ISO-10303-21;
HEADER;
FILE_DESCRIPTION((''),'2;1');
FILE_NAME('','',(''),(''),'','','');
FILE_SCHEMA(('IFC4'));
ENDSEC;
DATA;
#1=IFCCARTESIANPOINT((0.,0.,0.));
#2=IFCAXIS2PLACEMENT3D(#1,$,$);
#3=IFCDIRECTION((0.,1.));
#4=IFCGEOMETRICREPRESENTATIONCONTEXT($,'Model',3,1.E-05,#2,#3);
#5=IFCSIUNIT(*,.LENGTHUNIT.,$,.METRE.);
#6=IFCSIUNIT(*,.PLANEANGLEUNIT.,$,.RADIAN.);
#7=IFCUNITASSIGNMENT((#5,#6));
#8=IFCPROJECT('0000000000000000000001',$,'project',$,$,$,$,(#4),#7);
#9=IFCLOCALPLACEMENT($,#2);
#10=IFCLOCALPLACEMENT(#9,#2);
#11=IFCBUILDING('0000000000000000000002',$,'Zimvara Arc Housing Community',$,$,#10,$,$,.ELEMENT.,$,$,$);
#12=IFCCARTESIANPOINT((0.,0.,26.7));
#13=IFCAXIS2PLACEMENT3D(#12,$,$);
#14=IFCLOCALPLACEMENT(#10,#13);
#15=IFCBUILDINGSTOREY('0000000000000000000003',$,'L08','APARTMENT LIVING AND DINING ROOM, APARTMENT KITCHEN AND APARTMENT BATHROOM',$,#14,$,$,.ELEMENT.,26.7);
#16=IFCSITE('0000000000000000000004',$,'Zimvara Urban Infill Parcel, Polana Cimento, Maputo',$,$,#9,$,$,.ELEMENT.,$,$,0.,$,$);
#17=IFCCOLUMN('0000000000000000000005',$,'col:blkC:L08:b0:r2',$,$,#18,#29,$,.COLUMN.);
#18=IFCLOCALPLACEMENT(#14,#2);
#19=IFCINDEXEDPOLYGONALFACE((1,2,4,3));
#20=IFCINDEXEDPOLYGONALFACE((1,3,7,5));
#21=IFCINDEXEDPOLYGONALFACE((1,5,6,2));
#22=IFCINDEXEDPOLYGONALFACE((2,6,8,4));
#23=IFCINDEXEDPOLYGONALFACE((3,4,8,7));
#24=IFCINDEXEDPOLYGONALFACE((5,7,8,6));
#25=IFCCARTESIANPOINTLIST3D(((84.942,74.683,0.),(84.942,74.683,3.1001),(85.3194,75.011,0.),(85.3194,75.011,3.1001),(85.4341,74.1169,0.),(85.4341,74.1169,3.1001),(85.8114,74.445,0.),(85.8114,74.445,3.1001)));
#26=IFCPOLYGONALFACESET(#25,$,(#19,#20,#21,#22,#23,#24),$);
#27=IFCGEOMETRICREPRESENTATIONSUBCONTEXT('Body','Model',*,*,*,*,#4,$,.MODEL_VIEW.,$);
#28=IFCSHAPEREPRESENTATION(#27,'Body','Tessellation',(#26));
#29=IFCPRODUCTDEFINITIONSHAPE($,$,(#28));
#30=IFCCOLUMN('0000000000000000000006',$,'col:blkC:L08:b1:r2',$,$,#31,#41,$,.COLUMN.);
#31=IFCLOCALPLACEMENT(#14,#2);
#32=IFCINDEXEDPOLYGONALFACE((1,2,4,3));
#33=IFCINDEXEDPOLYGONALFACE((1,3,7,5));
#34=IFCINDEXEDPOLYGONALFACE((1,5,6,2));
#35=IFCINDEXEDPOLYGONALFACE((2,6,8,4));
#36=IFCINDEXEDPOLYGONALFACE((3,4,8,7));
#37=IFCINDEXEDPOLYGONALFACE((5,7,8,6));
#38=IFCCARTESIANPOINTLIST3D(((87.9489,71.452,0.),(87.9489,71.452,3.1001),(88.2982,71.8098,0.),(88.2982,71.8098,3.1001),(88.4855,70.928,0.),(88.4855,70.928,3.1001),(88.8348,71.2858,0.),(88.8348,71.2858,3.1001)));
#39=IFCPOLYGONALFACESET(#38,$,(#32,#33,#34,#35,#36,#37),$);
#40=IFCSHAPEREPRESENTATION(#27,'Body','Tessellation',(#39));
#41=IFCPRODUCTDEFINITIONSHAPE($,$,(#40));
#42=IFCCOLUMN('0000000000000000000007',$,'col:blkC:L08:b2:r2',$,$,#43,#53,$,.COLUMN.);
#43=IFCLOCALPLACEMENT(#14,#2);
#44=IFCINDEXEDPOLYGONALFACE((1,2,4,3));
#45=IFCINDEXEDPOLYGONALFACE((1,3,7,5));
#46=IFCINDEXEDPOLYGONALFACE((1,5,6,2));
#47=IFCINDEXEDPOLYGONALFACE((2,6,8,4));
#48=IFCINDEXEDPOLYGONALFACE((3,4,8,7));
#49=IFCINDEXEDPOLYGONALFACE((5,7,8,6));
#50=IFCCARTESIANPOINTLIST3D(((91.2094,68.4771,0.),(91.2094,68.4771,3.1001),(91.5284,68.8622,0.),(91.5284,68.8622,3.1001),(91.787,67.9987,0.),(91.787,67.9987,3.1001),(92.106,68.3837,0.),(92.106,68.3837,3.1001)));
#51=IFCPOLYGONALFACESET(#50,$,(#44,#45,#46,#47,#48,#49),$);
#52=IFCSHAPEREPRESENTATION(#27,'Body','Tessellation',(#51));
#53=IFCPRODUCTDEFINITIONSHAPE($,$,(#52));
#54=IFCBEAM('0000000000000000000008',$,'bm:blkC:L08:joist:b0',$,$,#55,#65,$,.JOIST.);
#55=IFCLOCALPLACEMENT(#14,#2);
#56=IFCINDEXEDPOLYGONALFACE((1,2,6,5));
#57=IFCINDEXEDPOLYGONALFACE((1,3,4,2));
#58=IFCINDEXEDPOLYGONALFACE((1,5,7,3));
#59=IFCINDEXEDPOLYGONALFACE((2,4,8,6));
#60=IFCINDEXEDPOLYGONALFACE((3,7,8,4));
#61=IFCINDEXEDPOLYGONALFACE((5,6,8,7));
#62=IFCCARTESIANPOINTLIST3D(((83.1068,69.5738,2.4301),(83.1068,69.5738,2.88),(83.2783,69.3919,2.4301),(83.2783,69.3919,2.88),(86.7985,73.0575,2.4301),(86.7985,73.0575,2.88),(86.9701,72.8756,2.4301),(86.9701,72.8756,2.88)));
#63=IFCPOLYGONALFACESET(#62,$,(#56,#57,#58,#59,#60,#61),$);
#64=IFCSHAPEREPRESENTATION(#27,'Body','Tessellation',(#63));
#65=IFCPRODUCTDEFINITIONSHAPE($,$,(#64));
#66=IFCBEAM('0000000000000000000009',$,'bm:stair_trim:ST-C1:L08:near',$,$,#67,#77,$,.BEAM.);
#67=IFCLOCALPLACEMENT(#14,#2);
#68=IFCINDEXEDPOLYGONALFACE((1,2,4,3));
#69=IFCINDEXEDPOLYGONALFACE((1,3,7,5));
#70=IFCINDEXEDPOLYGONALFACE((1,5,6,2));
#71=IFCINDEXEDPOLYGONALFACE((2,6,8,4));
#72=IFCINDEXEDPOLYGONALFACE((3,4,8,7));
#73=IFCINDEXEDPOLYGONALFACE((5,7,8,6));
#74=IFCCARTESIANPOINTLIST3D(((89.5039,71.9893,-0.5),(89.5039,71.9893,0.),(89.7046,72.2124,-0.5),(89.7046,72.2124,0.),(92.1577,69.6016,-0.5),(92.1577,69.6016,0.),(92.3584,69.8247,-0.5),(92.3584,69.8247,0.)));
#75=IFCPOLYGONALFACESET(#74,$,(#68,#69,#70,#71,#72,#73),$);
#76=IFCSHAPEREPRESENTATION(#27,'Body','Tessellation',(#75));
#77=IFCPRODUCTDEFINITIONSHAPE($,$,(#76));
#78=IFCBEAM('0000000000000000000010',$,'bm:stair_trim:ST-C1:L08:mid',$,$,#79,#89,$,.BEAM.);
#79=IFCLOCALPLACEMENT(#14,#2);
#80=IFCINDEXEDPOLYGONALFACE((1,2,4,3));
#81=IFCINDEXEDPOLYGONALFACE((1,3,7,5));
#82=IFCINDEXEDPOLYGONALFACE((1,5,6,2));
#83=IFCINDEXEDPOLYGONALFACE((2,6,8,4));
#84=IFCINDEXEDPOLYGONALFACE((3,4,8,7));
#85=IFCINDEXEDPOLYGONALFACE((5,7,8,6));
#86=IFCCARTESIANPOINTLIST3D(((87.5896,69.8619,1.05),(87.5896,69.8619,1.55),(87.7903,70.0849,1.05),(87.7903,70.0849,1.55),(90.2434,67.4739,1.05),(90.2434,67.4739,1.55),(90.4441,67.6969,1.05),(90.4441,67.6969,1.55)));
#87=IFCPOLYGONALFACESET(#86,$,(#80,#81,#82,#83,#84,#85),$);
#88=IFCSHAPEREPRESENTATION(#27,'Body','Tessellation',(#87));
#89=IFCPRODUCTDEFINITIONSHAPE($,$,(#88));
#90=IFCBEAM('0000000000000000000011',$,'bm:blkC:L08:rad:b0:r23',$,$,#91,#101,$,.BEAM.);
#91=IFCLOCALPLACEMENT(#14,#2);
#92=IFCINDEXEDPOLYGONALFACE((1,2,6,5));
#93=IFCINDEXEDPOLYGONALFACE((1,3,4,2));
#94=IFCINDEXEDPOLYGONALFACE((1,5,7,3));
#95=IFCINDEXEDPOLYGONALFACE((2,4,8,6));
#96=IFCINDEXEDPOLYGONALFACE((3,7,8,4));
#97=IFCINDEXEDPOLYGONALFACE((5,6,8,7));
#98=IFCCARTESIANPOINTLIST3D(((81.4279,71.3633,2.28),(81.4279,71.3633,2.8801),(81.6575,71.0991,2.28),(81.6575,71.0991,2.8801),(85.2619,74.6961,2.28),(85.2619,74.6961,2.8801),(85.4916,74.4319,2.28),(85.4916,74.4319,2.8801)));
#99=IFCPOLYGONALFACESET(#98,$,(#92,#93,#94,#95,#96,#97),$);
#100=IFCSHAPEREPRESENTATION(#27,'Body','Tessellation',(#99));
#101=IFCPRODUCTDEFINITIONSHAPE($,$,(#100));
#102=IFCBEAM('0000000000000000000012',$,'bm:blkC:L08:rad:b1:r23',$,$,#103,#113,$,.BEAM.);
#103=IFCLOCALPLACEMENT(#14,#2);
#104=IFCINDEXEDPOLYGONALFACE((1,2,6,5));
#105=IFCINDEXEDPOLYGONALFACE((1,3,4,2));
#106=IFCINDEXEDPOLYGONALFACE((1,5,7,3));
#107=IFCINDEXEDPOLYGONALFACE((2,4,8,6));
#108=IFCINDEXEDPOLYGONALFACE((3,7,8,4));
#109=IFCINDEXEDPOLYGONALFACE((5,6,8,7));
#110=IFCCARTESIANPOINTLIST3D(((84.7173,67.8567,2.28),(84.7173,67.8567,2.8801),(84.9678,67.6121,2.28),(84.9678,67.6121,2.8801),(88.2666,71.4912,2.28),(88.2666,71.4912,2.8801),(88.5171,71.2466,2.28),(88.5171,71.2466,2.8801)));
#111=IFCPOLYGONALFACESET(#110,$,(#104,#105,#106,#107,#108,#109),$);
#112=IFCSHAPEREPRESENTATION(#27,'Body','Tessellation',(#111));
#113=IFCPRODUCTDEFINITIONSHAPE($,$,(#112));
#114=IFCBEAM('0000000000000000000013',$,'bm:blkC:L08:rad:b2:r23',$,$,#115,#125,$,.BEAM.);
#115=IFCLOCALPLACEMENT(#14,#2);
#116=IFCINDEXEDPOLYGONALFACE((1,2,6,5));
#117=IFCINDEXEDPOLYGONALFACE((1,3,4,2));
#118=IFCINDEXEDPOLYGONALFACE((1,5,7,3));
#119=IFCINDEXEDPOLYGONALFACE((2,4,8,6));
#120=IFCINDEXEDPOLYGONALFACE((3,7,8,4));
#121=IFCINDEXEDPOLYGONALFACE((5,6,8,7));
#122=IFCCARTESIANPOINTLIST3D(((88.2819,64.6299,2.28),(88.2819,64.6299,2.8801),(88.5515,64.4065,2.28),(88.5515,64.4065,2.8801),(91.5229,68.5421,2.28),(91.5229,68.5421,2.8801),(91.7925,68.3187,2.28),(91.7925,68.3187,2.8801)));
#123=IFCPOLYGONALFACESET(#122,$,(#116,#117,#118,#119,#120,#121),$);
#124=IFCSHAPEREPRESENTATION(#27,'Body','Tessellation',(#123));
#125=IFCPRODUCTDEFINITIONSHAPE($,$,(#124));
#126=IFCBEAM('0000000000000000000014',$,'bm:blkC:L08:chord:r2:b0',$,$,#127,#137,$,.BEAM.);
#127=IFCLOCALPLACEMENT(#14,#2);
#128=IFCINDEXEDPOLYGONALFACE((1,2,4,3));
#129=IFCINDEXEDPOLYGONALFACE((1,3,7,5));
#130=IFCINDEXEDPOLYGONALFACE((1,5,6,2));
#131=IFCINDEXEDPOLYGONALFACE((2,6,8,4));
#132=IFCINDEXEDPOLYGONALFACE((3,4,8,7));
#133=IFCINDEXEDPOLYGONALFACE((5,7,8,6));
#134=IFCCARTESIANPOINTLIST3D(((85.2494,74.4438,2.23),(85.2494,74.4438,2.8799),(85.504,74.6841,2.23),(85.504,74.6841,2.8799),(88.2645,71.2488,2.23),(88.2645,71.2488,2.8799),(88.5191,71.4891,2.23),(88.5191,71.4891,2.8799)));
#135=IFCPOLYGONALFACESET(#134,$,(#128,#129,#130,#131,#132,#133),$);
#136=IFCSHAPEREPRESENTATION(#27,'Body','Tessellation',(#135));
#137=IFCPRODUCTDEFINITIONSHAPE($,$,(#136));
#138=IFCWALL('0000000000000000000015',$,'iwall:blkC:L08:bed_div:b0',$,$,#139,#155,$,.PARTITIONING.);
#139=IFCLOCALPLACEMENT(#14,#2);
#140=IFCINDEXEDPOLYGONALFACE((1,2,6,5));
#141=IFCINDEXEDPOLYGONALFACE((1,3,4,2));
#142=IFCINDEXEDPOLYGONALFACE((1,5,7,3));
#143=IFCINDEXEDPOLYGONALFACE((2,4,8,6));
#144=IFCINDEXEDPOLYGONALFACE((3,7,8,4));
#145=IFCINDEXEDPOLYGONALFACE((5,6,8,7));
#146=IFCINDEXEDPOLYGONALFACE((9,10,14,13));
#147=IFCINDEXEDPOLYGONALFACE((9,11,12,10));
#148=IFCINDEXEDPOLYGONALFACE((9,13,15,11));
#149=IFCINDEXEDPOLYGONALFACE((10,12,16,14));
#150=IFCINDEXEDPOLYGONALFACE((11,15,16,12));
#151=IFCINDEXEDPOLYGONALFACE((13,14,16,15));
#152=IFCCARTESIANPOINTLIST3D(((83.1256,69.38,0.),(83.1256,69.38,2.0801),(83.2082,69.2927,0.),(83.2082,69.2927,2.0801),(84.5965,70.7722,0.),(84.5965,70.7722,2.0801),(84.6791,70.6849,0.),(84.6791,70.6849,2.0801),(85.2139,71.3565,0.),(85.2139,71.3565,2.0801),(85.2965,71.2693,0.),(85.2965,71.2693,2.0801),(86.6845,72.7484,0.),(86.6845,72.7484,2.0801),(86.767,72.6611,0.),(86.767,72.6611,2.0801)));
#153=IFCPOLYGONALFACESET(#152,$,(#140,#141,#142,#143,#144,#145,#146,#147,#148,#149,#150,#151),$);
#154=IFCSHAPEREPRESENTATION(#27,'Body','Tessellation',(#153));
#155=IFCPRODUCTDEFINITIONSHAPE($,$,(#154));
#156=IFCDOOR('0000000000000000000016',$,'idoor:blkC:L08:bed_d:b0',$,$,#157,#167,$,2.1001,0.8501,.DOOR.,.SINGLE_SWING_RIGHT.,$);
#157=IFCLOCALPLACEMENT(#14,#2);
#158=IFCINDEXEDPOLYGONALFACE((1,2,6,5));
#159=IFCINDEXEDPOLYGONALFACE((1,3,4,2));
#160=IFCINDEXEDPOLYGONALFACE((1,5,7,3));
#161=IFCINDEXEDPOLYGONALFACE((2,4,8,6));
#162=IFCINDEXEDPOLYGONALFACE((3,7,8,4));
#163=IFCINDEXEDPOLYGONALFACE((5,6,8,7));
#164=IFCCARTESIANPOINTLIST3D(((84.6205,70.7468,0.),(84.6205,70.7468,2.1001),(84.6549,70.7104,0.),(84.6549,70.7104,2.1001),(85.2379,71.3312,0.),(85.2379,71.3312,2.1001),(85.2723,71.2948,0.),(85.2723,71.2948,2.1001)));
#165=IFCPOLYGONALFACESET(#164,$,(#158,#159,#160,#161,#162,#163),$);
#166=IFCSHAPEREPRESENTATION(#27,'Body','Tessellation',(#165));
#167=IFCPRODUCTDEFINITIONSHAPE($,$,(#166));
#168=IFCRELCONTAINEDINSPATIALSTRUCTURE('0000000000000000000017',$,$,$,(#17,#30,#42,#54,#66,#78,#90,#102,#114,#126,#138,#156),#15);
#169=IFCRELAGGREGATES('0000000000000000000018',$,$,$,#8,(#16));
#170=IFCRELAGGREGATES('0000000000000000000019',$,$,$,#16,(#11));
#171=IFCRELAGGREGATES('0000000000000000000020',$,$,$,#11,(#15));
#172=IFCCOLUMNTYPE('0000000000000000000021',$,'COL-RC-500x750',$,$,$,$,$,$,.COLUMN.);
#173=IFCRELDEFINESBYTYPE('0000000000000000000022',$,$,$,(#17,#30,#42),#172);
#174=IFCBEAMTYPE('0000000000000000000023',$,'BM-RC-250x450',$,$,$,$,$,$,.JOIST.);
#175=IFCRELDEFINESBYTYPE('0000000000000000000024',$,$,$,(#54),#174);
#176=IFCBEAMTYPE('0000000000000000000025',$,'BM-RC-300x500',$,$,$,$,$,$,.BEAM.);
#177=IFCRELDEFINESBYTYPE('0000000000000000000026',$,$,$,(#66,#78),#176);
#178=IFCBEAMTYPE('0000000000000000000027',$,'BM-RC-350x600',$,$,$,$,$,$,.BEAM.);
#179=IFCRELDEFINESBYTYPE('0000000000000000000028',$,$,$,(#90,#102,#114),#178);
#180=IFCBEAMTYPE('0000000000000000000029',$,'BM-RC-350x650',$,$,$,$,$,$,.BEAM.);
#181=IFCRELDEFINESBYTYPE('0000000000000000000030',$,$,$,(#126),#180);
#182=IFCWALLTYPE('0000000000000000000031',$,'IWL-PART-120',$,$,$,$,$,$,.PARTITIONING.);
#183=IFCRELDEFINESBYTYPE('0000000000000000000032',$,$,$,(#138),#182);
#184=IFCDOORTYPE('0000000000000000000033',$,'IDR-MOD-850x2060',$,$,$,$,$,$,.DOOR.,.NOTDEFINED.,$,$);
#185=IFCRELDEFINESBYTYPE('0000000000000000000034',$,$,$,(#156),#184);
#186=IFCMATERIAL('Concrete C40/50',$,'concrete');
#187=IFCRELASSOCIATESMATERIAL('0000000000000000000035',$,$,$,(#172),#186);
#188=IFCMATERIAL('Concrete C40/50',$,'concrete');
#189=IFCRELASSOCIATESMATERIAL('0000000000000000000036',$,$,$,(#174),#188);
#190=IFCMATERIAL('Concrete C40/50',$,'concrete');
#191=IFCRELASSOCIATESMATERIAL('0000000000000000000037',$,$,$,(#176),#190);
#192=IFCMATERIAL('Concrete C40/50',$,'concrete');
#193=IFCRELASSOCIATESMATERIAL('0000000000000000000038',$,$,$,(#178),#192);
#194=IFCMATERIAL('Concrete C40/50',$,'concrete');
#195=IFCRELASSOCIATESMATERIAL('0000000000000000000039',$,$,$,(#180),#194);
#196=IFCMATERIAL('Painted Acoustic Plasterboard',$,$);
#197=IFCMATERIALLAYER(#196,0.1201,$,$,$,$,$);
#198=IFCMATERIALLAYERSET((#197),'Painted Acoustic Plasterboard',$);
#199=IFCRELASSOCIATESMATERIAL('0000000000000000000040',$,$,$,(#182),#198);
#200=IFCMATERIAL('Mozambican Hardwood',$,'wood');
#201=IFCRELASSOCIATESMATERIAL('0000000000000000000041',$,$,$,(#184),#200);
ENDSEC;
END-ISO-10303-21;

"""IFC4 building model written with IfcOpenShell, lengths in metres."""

from ifc_helpers import new_model, si_unit, direction, frame, frame_2d, origin, origin_2d, place, context, subcontext, project, spatial, rectangle, extrude, material, layer, layer_set, material_profile, profile_set, type_object, element, fill, save


model = new_model("IFC4")

# Units and contexts
model_context = context("Model", 3, precision=1e-05, world=origin(), true_north=direction((0.0, 1.0)))
body_context = subcontext(model_context, "Body", "Model", "MODEL_VIEW")
ifc_project = project(units=[si_unit("LENGTHUNIT", "METRE"), si_unit("PLANEANGLEUNIT", "RADIAN")], contexts=[model_context])

# Site, building, storey
site_placement = place(None, origin())
site = spatial("IfcSite", under=ifc_project, at=site_placement, Name="Zimvara Urban Infill Parcel, Polana Cimento, Maputo", CompositionType="ELEMENT", RefElevation=0.0)
building_placement = place(site_placement, origin())
building = spatial("IfcBuilding", under=site, at=building_placement, Name="Zimvara Arc Housing Community", CompositionType="ELEMENT")
storey_placement = place(building_placement, frame((0.0, 0.0, 26.7)))
storey = spatial("IfcBuildingStorey", under=building, at=storey_placement, Name="L08", Description="APARTMENT LIVING AND DINING ROOM, APARTMENT KITCHEN AND APARTMENT BATHROOM", CompositionType="ELEMENT", Elevation=26.7)

# Columns
ifc_material_1 = material(Name="Concrete C40/50", Category="concrete")
ifc_material_profile_1 = material_profile(ifc_material_1, rectangle(XDim=0.5, YDim=0.75, at=origin_2d()), Name="RC 500x750")
ifc_profile_set_1 = profile_set([ifc_material_profile_1], Name="Concrete C40/50")
column_type = type_object("IfcColumnType", Name="COL-RC-500x750", PredefinedType="COLUMN", material=ifc_profile_set_1)
for number, where, z_axis, x_axis, name in (
    (1, (85.3767, 74.564, 0.0), (0.0, 0.0, 1.0), (-0.75471, -0.656059, 0.0), "col:blkC:L08:b0:r2"),
    (2, (88.3918, 71.3689, 0.0), (0.0, 0.0, 1.0), (-0.698665, -0.715449, 0.0), "col:blkC:L08:b1:r2"),
    (3, (91.6577, 68.4304, 0.0), (0.0, 0.0, 1.0), (-0.637962, -0.770068, 0.0), "col:blkC:L08:b2:r2"),
):
    element("IfcColumn", number, at=place(storey_placement, frame(where, z_axis=z_axis, x_axis=x_axis)), inside=storey, type_object=column_type, Name=name, PredefinedType="COLUMN", context=body_context, shape_type="SweptSolid", body=[
        extrude(rectangle(XDim=0.5, YDim=0.75, at=origin_2d()), origin(), (0.0, 0.0, 1.0), 3.1001),
    ])

# Beams
ifc_material_2 = material(Name="Concrete C40/50", Category="concrete")
ifc_material_profile_2 = material_profile(ifc_material_2, rectangle(XDim=0.25, YDim=0.45, at=origin_2d()), Name="RC 250x450")
ifc_profile_set_2 = profile_set([ifc_material_profile_2], Name="Concrete C40/50")
beam_type_1 = type_object("IfcBeamType", Name="BM-RC-250x450", PredefinedType="JOIST", material=ifc_profile_set_2)
beam_1_placement = place(storey_placement, frame((86.8843, 72.9666, 2.655), z_axis=(-0.7273, -0.68632, 0.0), x_axis=(0.68632, -0.7273, 0.0)))
element("IfcBeam", 4, at=beam_1_placement, inside=storey, type_object=beam_type_1, Name="bm:blkC:L08:joist:b0", PredefinedType="JOIST", context=body_context, shape_type="SweptSolid", body=[
    extrude(rectangle(XDim=0.25, YDim=0.45, at=origin_2d()), origin(), (0.0, 0.0, 1.0), 5.0759),
])
ifc_material_3 = material(Name="Concrete C40/50", Category="concrete")
ifc_material_profile_3 = material_profile(ifc_material_3, rectangle(XDim=0.3, YDim=0.5, at=origin_2d()), Name="RC 300x500")
ifc_profile_set_3 = profile_set([ifc_material_profile_3], Name="Concrete C40/50")
beam_type_2 = type_object("IfcBeamType", Name="BM-RC-300x500", PredefinedType="BEAM", material=ifc_profile_set_3)
beam_2_placement = place(storey_placement, frame((89.6042, 72.1008, -0.25), z_axis=(0.743396, -0.668851, 0.0), x_axis=(0.668851, 0.743396, 0.0)))
element("IfcBeam", 5, at=beam_2_placement, inside=storey, type_object=beam_type_2, Name="bm:stair_trim:ST-C1:L08:near", PredefinedType="BEAM", context=body_context, shape_type="SweptSolid", body=[
    extrude(rectangle(XDim=0.3, YDim=0.5, at=origin_2d()), origin(), (0.0, 0.0, 1.0), 3.5698),
])
beam_3_placement = place(storey_placement, frame((87.6899, 69.9734, 1.3), z_axis=(0.743362, -0.668889, 0.0), x_axis=(0.668889, 0.743362, 0.0)))
element("IfcBeam", 6, at=beam_3_placement, inside=storey, type_object=beam_type_2, Name="bm:stair_trim:ST-C1:L08:mid", PredefinedType="BEAM", context=body_context, shape_type="SweptSolid", body=[
    extrude(rectangle(XDim=0.3, YDim=0.5, at=origin_2d()), origin(), (0.0, 0.0, 1.0), 3.5701),
])
ifc_material_4 = material(Name="Concrete C40/50", Category="concrete")
ifc_material_profile_4 = material_profile(ifc_material_4, rectangle(XDim=0.3501, YDim=0.6001, at=origin_2d()), Name="RC 350x600")
ifc_profile_set_4 = profile_set([ifc_material_profile_4], Name="Concrete C40/50")
beam_type_3 = type_object("IfcBeamType", Name="BM-RC-350x600", PredefinedType="BEAM", material=ifc_profile_set_4)
for number, where, z_axis, x_axis, name in (
    (7, (85.3767, 74.564, 2.5801), (-0.754716, -0.656051, 0.0), (0.656051, -0.754716, 0.0), "bm:blkC:L08:rad:b0:r23"),
    (8, (88.3918, 71.3689, 2.5801), (-0.698671, -0.715443, 0.0), (0.715443, -0.698671, 0.0), "bm:blkC:L08:rad:b1:r23"),
):
    element("IfcBeam", number, at=place(storey_placement, frame(where, z_axis=z_axis, x_axis=x_axis)), inside=storey, type_object=beam_type_3, Name=name, PredefinedType="BEAM", context=body_context, shape_type="SweptSolid", body=[
        extrude(rectangle(XDim=0.3501, YDim=0.6001, at=origin_2d()), origin(), (0.0, 0.0, 1.0), 5.0801),
    ])
beam_4_placement = place(storey_placement, frame((91.6577, 68.4304, 2.5801), z_axis=(-0.63796, -0.770069, 0.0), x_axis=(0.770069, -0.63796, 0.0)))
element("IfcBeam", 9, at=beam_4_placement, inside=storey, type_object=beam_type_3, Name="bm:blkC:L08:rad:b2:r23", PredefinedType="BEAM", context=body_context, shape_type="SweptSolid", body=[
    extrude(rectangle(XDim=0.3501, YDim=0.6001, at=origin_2d()), origin(), (0.0, 0.0, 1.0), 5.0803),
])
ifc_material_5 = material(Name="Concrete C40/50", Category="concrete")
ifc_material_profile_5 = material_profile(ifc_material_5, rectangle(XDim=0.3501, YDim=0.6499, at=origin_2d()), Name="RC 350x650")
ifc_profile_set_5 = profile_set([ifc_material_profile_5], Name="Concrete C40/50")
beam_type_4 = type_object("IfcBeamType", Name="BM-RC-350x650", PredefinedType="BEAM", material=ifc_profile_set_5)
beam_5_placement = place(storey_placement, frame((85.3767, 74.564, 2.5549), z_axis=(0.686331, -0.727289, 0.0), x_axis=(0.727289, 0.686331, 0.0)))
element("IfcBeam", 10, at=beam_5_placement, inside=storey, type_object=beam_type_4, Name="bm:blkC:L08:chord:r2:b0", PredefinedType="BEAM", context=body_context, shape_type="SweptSolid", body=[
    extrude(rectangle(XDim=0.3501, YDim=0.6499, at=origin_2d()), origin(), (0.0, 0.0, 1.0), 4.3931),
])

# Wall, opening, door
ifc_material_6 = material(Name="Painted Acoustic Plasterboard")
ifc_layer_1 = layer(ifc_material_6, 0.1201)
ifc_layer_set_1 = layer_set([ifc_layer_1], Name="Painted Acoustic Plasterboard")
wall_type_1 = type_object("IfcWallType", Name="IWL-PART-120", PredefinedType="PARTITIONING", material=ifc_layer_set_1)
wall_1_placement = place(storey_placement, frame((86.7258, 72.7048, 0.0), z_axis=(0.0, 0.0, 1.0), x_axis=(-0.726271, -0.687409, 0.0)))
wall_1 = element("IfcWall", 11, at=wall_1_placement, inside=storey, type_object=wall_type_1, Name="iwall:blkC:L08:bed_div:b0", PredefinedType="PARTITIONING", context=body_context, shape_type="SweptSolid", body=[
    extrude(rectangle(XDim=4.9001, YDim=0.1201, at=frame_2d((2.4502, 0.0))), origin(), (0.0, 0.0, 1.0), 2.0801),
])
opening_1_placement = place(wall_1_placement, frame((2.0249, 0.0, 0.0)))
opening_1 = element("IfcOpeningElement", 12, at=opening_1_placement, cuts=wall_1, PredefinedType="OPENING", context=body_context, shape_type="SweptSolid", body=[
    extrude(rectangle(XDim=0.8501, YDim=2.1001, at=frame_2d((0.425, 1.05))), frame((0.0, 0.0701, 0.0), z_axis=(0.0, -1.0, 0.0), x_axis=(1.0, 0.0, 0.0)), (0.0, 0.0, 1.0), 0.1401),
])
ifc_material_7 = material(Name="Mozambican Hardwood", Category="wood")
door_type_1 = type_object("IfcDoorType", Name="IDR-MOD-850x2060", OperationType="NOTDEFINED", PredefinedType="DOOR", material=ifc_material_7)
door_1_placement = place(opening_1_placement, origin())
door_1 = element("IfcDoor", 13, at=door_1_placement, inside=storey, type_object=door_type_1, Name="idoor:blkC:L08:bed_d:b0", OperationType="SINGLE_SWING_RIGHT", OverallHeight=2.1001, OverallWidth=0.8501, PredefinedType="DOOR", context=body_context, shape_type="SweptSolid", body=[
    extrude(rectangle(XDim=0.8501, YDim=2.1001, at=frame_2d((0.425, 1.05))), frame((0.0, 0.0249, 0.0), z_axis=(0.0, -1.0, 0.0), x_axis=(1.0, 0.0, 0.0)), (0.0, 0.0, 1.0), 0.05),
])
fill(opening_1, door_1)

save(model, "model.ifc")
